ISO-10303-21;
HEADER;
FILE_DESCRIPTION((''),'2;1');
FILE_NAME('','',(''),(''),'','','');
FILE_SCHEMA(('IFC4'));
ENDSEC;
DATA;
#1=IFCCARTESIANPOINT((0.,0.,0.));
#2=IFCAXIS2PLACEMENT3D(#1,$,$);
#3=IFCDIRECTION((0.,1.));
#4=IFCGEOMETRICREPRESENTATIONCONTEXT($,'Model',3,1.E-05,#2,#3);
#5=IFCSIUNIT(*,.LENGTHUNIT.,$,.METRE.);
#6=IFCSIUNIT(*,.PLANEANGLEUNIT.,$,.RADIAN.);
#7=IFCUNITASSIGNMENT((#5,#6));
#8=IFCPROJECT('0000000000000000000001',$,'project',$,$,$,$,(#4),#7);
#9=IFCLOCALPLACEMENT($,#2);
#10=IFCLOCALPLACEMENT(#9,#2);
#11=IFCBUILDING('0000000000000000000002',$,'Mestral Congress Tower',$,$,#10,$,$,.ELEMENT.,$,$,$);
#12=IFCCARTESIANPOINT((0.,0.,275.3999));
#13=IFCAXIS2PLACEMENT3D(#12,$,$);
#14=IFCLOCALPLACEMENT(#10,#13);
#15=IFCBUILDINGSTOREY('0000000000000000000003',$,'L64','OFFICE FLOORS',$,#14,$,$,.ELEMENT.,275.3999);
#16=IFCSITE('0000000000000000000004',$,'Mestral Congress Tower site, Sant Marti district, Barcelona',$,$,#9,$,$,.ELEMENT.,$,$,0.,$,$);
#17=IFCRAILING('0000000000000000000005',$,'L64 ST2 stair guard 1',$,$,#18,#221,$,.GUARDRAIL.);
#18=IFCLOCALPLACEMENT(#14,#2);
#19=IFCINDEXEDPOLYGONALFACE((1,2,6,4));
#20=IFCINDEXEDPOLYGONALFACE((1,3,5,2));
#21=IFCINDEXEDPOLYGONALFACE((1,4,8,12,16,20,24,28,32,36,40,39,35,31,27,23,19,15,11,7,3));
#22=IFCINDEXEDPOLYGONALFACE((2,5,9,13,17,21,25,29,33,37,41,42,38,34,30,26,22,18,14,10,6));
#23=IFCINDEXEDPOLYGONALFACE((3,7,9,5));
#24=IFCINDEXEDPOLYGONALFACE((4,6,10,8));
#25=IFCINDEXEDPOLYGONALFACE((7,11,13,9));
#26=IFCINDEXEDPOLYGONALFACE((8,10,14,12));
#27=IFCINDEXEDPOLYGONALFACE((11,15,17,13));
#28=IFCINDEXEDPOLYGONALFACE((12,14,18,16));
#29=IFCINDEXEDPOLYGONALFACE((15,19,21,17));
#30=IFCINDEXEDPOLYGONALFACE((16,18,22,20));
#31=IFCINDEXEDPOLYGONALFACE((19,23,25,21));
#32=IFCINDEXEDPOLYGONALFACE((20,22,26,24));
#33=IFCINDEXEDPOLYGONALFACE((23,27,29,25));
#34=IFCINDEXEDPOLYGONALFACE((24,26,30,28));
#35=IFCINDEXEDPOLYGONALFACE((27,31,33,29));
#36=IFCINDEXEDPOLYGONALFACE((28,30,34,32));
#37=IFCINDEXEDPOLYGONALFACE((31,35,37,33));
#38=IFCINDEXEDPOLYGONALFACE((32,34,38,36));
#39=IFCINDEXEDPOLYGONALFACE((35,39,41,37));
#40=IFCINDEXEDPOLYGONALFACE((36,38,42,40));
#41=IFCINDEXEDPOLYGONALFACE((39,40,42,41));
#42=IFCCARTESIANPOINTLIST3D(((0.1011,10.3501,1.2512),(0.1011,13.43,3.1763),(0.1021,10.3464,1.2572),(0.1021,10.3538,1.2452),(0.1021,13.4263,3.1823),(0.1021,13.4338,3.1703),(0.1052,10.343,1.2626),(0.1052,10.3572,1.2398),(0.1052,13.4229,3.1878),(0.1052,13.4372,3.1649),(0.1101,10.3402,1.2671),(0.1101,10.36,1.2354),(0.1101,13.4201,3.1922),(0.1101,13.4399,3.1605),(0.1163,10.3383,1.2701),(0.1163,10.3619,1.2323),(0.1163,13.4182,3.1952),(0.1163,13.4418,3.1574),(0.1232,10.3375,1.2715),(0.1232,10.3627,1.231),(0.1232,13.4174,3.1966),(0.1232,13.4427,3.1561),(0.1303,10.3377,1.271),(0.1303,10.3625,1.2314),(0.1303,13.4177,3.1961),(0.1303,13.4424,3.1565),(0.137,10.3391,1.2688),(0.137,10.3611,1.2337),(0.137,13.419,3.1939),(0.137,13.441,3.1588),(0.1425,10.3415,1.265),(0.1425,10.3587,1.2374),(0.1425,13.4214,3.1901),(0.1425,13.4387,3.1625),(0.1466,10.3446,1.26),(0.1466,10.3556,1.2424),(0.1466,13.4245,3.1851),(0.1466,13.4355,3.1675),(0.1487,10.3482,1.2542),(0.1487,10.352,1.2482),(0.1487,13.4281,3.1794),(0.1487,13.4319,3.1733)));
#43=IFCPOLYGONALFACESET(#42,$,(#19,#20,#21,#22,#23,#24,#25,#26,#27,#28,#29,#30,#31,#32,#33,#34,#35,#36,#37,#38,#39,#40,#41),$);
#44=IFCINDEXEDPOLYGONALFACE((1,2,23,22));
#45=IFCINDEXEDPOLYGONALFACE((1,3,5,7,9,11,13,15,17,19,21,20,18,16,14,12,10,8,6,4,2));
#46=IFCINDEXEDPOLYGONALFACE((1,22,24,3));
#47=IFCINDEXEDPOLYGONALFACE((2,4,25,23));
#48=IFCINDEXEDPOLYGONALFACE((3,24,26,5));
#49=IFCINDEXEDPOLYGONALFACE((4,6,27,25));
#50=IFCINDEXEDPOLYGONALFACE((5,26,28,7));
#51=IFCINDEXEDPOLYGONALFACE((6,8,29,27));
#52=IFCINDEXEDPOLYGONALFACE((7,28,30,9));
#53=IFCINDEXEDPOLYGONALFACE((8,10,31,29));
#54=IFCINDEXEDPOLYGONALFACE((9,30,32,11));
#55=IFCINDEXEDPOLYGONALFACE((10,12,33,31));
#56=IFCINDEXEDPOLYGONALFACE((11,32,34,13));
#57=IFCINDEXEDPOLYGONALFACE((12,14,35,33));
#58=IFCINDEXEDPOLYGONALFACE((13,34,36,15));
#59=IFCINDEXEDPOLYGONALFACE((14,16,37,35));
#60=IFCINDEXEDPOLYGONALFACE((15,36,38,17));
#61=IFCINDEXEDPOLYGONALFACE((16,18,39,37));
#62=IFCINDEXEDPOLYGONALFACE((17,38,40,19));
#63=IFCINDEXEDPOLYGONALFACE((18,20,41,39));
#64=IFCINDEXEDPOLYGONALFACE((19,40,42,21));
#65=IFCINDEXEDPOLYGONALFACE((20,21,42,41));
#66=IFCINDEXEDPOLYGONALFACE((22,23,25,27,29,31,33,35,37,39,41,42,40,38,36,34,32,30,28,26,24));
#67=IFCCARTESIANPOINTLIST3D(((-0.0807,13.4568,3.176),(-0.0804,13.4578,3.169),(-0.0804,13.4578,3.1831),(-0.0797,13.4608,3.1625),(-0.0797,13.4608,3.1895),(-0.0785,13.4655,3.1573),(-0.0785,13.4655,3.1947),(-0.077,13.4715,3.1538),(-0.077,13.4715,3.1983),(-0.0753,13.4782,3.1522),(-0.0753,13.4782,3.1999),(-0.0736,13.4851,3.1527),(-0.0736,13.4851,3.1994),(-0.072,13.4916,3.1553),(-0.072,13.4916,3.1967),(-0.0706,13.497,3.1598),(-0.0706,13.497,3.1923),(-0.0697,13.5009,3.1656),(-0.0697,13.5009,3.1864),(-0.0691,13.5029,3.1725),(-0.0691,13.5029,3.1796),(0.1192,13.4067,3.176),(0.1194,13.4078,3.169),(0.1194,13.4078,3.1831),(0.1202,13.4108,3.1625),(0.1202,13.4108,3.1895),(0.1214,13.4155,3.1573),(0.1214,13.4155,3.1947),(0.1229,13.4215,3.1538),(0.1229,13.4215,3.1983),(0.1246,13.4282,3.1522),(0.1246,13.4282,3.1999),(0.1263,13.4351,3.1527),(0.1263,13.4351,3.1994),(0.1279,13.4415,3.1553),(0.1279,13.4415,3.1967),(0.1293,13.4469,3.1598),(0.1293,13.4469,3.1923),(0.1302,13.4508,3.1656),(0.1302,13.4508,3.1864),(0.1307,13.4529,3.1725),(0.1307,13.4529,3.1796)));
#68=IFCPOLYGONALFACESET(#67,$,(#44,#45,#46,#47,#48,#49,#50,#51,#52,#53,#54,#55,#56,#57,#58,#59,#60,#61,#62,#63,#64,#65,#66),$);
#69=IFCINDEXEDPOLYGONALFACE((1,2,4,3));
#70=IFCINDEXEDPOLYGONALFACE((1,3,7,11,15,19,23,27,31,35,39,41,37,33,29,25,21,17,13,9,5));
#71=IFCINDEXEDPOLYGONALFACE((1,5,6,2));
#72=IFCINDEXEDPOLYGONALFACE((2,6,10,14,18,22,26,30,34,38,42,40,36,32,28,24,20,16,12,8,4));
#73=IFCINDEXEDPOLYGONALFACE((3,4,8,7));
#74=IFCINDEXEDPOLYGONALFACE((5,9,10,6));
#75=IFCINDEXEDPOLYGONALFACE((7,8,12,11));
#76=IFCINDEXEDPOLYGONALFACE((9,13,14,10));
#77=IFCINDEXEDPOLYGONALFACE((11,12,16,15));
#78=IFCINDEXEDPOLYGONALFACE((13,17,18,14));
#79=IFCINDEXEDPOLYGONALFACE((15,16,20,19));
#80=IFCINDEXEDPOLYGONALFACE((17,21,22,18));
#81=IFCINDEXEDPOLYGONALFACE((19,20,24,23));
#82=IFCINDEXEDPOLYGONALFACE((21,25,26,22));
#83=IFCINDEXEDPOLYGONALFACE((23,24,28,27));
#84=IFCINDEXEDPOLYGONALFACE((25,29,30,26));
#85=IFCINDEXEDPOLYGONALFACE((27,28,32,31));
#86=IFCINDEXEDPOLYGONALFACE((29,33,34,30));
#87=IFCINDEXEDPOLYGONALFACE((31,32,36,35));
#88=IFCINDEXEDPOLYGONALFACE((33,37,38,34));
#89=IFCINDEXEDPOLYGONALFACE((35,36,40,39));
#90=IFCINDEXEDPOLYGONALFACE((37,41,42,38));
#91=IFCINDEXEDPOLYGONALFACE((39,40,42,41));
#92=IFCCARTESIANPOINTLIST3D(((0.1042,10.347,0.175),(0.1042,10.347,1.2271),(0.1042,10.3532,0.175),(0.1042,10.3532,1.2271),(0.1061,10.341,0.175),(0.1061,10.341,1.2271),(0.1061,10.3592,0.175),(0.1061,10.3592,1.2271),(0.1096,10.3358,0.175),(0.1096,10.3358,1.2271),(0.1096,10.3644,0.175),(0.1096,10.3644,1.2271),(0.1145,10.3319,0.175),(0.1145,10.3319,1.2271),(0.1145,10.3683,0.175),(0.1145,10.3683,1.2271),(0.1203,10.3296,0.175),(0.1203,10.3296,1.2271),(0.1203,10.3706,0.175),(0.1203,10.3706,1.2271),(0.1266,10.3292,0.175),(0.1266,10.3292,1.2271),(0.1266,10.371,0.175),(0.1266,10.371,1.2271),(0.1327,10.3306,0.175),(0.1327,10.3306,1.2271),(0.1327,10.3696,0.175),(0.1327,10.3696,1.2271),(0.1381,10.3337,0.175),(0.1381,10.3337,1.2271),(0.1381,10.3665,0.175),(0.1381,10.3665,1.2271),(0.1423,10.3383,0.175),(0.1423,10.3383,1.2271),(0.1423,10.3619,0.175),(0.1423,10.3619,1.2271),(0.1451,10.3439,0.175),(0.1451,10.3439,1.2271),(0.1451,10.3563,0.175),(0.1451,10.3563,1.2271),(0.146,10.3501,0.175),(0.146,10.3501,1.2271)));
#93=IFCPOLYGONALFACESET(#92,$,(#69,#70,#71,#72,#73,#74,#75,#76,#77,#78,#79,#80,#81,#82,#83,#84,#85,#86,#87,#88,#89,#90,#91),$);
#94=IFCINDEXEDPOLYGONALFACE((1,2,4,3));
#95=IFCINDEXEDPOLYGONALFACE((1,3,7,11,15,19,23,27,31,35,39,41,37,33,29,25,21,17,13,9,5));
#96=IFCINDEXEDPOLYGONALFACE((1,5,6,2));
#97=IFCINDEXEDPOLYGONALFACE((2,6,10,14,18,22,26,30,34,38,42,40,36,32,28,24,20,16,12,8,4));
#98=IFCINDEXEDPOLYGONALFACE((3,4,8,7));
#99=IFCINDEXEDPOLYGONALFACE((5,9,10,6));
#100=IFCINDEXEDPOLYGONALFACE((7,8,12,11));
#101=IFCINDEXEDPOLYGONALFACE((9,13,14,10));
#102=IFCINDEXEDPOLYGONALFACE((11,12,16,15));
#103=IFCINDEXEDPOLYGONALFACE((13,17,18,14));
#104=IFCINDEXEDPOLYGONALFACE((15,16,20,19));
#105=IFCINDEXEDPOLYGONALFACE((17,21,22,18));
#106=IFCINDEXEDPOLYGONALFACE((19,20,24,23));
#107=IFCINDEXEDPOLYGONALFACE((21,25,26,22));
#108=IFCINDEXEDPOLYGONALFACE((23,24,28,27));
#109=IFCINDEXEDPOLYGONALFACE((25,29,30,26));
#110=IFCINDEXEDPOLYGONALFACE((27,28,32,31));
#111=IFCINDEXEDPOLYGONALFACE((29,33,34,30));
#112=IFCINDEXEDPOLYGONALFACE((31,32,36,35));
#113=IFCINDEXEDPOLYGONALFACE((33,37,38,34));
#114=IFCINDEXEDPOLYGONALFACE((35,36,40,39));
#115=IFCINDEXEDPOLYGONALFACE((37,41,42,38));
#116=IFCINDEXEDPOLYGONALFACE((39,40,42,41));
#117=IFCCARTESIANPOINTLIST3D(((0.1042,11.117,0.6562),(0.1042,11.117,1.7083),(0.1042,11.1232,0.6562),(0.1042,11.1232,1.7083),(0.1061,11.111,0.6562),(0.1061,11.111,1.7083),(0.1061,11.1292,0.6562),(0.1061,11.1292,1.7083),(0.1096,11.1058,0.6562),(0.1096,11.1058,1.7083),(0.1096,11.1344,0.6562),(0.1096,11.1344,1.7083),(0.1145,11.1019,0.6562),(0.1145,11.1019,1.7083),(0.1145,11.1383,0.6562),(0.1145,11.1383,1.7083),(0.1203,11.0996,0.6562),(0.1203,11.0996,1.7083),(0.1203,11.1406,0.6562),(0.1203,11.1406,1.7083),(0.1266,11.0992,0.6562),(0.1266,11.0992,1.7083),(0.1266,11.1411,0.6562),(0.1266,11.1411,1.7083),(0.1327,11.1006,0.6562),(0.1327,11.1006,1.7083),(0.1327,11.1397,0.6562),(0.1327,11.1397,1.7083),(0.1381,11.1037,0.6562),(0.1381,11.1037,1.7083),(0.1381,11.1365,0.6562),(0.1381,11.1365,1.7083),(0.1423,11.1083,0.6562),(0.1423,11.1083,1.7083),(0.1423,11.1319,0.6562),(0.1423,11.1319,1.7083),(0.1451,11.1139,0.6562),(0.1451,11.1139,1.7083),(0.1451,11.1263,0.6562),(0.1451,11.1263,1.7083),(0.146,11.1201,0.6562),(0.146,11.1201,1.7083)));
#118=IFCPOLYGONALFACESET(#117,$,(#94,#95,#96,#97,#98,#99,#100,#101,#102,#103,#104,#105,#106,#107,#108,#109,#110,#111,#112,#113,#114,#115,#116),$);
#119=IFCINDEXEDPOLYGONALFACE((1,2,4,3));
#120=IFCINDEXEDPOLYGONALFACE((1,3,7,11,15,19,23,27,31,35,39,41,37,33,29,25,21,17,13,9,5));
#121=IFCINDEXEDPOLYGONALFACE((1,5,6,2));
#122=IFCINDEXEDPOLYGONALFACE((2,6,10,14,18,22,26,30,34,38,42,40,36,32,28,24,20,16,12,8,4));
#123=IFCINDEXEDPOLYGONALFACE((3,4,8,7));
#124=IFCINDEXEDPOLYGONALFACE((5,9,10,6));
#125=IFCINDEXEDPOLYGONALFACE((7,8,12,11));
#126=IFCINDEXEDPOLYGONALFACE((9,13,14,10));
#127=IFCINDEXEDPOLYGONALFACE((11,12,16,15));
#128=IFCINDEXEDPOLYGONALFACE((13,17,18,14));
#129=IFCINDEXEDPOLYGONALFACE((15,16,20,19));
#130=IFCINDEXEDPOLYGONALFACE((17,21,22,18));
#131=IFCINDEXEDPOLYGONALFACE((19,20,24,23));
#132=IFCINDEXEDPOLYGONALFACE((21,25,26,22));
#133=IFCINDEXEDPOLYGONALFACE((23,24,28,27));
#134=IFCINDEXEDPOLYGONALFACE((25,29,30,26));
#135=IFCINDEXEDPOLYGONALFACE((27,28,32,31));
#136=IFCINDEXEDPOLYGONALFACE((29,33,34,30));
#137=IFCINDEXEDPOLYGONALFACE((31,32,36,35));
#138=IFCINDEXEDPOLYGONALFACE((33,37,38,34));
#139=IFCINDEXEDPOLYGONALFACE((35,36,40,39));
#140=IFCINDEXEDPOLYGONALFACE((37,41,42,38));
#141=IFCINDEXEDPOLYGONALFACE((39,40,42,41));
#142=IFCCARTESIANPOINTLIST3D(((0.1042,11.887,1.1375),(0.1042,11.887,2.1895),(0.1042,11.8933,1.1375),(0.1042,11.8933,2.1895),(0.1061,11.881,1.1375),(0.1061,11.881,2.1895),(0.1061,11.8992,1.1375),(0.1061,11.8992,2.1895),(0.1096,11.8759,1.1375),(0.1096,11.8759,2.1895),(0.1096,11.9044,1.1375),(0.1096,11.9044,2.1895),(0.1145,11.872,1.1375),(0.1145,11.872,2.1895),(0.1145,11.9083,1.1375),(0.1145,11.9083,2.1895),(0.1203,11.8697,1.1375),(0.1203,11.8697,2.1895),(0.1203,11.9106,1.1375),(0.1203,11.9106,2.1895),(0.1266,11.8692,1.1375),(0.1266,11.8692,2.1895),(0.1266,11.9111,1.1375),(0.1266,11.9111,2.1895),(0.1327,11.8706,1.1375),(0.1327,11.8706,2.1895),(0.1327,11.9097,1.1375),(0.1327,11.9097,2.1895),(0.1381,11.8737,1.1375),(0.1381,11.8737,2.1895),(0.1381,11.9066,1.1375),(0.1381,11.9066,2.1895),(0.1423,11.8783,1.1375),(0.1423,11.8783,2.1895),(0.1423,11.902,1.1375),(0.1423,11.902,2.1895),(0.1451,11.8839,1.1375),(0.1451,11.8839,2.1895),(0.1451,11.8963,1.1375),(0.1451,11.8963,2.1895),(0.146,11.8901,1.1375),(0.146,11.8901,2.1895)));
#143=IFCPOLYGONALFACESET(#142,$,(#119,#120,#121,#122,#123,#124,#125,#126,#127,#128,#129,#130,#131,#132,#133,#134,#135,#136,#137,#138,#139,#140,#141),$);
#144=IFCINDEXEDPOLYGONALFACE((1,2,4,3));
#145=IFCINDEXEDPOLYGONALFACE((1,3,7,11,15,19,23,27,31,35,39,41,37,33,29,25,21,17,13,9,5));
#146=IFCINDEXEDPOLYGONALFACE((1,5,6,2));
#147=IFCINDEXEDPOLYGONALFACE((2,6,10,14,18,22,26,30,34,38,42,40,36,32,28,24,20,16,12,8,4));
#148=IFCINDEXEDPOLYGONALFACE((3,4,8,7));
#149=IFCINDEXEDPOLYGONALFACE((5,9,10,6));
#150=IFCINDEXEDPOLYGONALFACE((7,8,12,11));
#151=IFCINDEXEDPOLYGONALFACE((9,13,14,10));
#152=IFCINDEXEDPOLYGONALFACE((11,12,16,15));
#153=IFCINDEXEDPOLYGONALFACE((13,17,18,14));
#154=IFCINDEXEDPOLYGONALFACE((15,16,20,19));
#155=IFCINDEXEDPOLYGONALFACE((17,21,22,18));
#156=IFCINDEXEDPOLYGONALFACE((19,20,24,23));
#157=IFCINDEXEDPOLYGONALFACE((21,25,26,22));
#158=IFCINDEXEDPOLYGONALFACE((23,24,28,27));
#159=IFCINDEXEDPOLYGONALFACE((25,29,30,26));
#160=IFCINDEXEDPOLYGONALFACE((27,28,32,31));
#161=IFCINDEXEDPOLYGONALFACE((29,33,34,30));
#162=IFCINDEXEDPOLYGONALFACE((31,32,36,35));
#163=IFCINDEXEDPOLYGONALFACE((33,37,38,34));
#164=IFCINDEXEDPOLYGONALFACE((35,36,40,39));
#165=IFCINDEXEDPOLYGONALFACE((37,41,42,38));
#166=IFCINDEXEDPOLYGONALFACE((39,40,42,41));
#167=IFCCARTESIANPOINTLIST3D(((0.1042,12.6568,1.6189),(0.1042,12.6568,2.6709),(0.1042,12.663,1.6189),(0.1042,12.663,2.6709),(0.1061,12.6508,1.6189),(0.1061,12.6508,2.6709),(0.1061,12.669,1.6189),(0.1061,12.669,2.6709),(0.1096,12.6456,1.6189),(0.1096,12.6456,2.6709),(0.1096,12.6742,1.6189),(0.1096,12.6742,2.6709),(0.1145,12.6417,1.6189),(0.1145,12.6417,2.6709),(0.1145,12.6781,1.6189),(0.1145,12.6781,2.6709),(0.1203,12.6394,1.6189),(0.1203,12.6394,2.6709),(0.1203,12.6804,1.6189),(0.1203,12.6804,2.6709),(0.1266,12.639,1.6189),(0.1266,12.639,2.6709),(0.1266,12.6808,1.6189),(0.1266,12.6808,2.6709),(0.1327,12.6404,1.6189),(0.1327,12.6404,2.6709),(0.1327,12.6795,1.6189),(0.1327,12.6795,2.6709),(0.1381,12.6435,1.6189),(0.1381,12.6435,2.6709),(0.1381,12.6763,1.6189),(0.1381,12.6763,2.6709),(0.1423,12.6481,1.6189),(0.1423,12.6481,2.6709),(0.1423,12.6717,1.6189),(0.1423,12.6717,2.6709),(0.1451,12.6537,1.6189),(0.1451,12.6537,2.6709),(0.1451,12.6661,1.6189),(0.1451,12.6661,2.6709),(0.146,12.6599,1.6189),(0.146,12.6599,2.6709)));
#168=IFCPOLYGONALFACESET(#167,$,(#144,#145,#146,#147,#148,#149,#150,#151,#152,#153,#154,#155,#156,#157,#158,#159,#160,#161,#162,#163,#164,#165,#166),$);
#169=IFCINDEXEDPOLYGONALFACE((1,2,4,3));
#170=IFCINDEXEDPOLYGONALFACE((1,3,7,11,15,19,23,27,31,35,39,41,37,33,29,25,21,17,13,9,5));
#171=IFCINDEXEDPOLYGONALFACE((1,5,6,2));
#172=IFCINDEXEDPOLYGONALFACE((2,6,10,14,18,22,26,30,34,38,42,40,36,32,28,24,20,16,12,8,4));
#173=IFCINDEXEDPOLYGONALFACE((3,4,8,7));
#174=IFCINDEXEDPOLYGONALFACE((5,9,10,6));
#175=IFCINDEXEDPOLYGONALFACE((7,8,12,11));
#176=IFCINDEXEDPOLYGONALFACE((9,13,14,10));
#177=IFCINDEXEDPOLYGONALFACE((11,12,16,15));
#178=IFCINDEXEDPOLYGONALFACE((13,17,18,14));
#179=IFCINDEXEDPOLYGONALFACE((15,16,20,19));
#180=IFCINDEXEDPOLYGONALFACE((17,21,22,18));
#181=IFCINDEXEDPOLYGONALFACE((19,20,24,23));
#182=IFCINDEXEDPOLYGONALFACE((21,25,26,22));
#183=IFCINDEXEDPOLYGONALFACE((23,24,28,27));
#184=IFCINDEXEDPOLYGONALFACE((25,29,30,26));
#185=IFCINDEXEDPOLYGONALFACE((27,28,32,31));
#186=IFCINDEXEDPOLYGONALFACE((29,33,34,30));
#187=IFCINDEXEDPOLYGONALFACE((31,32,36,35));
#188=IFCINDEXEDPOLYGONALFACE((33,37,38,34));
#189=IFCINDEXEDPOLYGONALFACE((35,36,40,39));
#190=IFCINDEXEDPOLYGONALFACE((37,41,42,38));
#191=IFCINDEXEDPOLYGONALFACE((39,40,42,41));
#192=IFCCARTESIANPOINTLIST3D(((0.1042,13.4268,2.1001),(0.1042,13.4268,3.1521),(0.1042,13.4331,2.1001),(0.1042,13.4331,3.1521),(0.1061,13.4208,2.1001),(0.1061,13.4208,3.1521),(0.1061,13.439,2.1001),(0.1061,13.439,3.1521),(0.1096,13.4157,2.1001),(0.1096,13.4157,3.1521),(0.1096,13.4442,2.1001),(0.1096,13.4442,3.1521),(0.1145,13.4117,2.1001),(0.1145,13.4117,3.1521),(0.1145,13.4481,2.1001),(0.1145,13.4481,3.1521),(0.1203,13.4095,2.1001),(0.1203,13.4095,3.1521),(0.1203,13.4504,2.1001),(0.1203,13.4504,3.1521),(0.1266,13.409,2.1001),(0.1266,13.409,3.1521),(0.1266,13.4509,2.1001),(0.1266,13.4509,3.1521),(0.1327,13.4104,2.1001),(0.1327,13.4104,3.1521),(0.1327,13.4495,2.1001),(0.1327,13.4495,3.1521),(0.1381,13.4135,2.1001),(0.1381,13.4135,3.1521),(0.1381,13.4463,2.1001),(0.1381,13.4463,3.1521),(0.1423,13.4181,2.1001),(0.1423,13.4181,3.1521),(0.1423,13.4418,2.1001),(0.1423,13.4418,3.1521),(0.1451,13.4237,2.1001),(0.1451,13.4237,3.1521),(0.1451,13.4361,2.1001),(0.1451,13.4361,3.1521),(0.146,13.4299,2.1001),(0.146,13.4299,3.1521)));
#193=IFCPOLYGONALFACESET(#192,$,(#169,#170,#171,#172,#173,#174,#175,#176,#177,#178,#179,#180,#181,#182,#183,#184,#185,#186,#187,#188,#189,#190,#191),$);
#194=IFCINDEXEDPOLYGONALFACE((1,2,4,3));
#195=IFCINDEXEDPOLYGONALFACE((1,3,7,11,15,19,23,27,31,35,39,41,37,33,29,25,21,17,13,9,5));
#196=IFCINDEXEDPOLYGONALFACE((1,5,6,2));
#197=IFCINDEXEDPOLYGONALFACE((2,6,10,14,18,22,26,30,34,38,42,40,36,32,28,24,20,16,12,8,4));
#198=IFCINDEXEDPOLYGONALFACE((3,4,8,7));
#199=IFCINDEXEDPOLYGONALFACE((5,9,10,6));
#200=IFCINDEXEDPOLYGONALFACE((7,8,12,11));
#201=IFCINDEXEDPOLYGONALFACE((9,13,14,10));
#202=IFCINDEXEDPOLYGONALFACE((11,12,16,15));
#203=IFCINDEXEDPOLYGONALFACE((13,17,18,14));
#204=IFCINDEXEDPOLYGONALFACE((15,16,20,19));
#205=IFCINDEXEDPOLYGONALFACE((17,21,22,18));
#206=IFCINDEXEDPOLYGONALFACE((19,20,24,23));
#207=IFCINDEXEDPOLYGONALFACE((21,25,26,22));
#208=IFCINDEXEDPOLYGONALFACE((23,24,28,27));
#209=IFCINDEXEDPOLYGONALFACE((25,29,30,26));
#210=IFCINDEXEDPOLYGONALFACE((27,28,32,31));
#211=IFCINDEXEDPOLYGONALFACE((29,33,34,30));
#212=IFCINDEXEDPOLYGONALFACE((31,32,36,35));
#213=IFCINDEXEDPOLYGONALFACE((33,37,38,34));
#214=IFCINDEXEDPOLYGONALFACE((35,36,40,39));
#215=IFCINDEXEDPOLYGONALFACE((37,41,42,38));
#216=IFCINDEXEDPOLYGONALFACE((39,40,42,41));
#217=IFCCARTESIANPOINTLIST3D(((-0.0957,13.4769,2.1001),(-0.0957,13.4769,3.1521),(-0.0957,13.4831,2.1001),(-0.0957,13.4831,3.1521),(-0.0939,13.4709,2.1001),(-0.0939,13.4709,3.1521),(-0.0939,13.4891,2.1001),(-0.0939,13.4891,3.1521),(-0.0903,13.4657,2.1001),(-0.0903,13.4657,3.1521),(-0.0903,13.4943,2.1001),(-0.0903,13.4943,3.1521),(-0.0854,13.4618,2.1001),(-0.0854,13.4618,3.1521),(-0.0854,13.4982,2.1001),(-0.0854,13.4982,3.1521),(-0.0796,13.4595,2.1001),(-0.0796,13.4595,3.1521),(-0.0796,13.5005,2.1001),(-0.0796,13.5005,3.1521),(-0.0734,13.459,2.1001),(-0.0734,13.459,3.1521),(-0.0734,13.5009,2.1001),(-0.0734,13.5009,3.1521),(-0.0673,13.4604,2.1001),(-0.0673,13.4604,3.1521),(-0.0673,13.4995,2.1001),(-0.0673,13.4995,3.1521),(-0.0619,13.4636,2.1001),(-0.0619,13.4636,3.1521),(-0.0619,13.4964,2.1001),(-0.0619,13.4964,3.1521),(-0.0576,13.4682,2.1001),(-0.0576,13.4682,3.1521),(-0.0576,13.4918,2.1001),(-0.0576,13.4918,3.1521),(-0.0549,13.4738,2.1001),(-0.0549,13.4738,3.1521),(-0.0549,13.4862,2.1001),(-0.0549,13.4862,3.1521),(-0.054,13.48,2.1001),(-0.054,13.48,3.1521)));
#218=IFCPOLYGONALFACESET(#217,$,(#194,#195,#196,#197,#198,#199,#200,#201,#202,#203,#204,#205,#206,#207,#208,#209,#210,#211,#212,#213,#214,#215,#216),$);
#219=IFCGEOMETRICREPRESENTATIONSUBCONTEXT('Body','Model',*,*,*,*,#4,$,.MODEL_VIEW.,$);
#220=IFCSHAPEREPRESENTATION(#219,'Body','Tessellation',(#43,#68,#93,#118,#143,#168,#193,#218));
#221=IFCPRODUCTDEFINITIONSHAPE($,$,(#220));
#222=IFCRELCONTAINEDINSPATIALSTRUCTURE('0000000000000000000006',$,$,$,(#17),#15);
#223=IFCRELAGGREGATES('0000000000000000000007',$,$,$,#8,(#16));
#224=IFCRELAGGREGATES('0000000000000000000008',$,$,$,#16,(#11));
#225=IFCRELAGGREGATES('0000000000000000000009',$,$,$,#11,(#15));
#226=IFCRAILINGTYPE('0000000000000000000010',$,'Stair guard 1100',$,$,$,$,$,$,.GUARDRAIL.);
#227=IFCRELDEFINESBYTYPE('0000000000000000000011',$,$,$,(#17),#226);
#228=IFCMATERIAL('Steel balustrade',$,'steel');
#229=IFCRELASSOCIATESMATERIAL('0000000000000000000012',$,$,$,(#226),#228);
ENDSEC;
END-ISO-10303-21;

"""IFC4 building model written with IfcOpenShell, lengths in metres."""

from ifc_helpers import new_model, si_unit, direction, frame, origin, origin_2d, place, context, subcontext, project, spatial, circle, extrude, material, type_object, element, save


model = new_model("IFC4")

# Units and contexts
model_context = context("Model", 3, precision=1e-05, world=origin(), true_north=direction((0.0, 1.0)))
body_context = subcontext(model_context, "Body", "Model", "MODEL_VIEW")
ifc_project = project(units=[si_unit("LENGTHUNIT", "METRE"), si_unit("PLANEANGLEUNIT", "RADIAN")], contexts=[model_context])

# Site, building, storey
site_placement = place(None, origin())
site = spatial("IfcSite", under=ifc_project, at=site_placement, Name="Mestral Congress Tower site, Sant Marti district, Barcelona", CompositionType="ELEMENT", RefElevation=0.0)
building_placement = place(site_placement, origin())
building = spatial("IfcBuilding", under=site, at=building_placement, Name="Mestral Congress Tower", CompositionType="ELEMENT")
storey_placement = place(building_placement, frame((0.0, 0.0, 275.3999)))
storey = spatial("IfcBuildingStorey", under=building, at=storey_placement, Name="L64", Description="OFFICE FLOORS", CompositionType="ELEMENT", Elevation=275.3999)

# Railing
ifc_material_1 = material(Name="Steel balustrade", Category="steel")
railing_type_1 = type_object("IfcRailingType", Name="Stair guard 1100", PredefinedType="GUARDRAIL", material=ifc_material_1)
railing_1_placement = place(storey_placement, frame((0.125, 10.3501, 0.175)))
element("IfcRailing", 1, at=railing_1_placement, inside=storey, type_object=railing_type_1, Name="L64 ST2 stair guard 1", PredefinedType="GUARDRAIL", context=body_context, shape_type="SweptSolid", body=[
    extrude(circle(Radius=0.0239, at=origin_2d()), frame((0.0, 0.0, 1.0762), z_axis=(0.0, 0.847979, 0.530029), x_axis=(-1.0, 0.0, 0.0)), (0.0, 0.0, 1.0), 3.6321),
    extrude(circle(Radius=0.0239, at=origin_2d()), frame((0.0, 3.0798, 3.001), z_axis=(-0.970073, 0.242814, 0.0), x_axis=(-0.242814, -0.970073, 0.0)), (0.0, 0.0, 1.0), 0.2061),
    extrude(circle(Radius=0.021, at=origin_2d()), origin(), (0.0, 0.0, 1.0), 1.052),
    extrude(circle(Radius=0.021, at=origin_2d()), frame((0.0, 0.77, 0.4812)), (0.0, 0.0, 1.0), 1.052),
    extrude(circle(Radius=0.021, at=origin_2d()), frame((0.0, 1.54, 0.9624)), (0.0, 0.0, 1.0), 1.052),
    extrude(circle(Radius=0.021, at=origin_2d()), frame((0.0, 2.3098, 1.4438)), (0.0, 0.0, 1.0), 1.052),
    extrude(circle(Radius=0.021, at=origin_2d()), frame((0.0, 3.0798, 1.925)), (0.0, 0.0, 1.0), 1.052),
    extrude(circle(Radius=0.021, at=origin_2d()), frame((-0.2, 3.1299, 1.925)), (0.0, 0.0, 1.0), 1.052),
])

save(model, "model.ifc")
